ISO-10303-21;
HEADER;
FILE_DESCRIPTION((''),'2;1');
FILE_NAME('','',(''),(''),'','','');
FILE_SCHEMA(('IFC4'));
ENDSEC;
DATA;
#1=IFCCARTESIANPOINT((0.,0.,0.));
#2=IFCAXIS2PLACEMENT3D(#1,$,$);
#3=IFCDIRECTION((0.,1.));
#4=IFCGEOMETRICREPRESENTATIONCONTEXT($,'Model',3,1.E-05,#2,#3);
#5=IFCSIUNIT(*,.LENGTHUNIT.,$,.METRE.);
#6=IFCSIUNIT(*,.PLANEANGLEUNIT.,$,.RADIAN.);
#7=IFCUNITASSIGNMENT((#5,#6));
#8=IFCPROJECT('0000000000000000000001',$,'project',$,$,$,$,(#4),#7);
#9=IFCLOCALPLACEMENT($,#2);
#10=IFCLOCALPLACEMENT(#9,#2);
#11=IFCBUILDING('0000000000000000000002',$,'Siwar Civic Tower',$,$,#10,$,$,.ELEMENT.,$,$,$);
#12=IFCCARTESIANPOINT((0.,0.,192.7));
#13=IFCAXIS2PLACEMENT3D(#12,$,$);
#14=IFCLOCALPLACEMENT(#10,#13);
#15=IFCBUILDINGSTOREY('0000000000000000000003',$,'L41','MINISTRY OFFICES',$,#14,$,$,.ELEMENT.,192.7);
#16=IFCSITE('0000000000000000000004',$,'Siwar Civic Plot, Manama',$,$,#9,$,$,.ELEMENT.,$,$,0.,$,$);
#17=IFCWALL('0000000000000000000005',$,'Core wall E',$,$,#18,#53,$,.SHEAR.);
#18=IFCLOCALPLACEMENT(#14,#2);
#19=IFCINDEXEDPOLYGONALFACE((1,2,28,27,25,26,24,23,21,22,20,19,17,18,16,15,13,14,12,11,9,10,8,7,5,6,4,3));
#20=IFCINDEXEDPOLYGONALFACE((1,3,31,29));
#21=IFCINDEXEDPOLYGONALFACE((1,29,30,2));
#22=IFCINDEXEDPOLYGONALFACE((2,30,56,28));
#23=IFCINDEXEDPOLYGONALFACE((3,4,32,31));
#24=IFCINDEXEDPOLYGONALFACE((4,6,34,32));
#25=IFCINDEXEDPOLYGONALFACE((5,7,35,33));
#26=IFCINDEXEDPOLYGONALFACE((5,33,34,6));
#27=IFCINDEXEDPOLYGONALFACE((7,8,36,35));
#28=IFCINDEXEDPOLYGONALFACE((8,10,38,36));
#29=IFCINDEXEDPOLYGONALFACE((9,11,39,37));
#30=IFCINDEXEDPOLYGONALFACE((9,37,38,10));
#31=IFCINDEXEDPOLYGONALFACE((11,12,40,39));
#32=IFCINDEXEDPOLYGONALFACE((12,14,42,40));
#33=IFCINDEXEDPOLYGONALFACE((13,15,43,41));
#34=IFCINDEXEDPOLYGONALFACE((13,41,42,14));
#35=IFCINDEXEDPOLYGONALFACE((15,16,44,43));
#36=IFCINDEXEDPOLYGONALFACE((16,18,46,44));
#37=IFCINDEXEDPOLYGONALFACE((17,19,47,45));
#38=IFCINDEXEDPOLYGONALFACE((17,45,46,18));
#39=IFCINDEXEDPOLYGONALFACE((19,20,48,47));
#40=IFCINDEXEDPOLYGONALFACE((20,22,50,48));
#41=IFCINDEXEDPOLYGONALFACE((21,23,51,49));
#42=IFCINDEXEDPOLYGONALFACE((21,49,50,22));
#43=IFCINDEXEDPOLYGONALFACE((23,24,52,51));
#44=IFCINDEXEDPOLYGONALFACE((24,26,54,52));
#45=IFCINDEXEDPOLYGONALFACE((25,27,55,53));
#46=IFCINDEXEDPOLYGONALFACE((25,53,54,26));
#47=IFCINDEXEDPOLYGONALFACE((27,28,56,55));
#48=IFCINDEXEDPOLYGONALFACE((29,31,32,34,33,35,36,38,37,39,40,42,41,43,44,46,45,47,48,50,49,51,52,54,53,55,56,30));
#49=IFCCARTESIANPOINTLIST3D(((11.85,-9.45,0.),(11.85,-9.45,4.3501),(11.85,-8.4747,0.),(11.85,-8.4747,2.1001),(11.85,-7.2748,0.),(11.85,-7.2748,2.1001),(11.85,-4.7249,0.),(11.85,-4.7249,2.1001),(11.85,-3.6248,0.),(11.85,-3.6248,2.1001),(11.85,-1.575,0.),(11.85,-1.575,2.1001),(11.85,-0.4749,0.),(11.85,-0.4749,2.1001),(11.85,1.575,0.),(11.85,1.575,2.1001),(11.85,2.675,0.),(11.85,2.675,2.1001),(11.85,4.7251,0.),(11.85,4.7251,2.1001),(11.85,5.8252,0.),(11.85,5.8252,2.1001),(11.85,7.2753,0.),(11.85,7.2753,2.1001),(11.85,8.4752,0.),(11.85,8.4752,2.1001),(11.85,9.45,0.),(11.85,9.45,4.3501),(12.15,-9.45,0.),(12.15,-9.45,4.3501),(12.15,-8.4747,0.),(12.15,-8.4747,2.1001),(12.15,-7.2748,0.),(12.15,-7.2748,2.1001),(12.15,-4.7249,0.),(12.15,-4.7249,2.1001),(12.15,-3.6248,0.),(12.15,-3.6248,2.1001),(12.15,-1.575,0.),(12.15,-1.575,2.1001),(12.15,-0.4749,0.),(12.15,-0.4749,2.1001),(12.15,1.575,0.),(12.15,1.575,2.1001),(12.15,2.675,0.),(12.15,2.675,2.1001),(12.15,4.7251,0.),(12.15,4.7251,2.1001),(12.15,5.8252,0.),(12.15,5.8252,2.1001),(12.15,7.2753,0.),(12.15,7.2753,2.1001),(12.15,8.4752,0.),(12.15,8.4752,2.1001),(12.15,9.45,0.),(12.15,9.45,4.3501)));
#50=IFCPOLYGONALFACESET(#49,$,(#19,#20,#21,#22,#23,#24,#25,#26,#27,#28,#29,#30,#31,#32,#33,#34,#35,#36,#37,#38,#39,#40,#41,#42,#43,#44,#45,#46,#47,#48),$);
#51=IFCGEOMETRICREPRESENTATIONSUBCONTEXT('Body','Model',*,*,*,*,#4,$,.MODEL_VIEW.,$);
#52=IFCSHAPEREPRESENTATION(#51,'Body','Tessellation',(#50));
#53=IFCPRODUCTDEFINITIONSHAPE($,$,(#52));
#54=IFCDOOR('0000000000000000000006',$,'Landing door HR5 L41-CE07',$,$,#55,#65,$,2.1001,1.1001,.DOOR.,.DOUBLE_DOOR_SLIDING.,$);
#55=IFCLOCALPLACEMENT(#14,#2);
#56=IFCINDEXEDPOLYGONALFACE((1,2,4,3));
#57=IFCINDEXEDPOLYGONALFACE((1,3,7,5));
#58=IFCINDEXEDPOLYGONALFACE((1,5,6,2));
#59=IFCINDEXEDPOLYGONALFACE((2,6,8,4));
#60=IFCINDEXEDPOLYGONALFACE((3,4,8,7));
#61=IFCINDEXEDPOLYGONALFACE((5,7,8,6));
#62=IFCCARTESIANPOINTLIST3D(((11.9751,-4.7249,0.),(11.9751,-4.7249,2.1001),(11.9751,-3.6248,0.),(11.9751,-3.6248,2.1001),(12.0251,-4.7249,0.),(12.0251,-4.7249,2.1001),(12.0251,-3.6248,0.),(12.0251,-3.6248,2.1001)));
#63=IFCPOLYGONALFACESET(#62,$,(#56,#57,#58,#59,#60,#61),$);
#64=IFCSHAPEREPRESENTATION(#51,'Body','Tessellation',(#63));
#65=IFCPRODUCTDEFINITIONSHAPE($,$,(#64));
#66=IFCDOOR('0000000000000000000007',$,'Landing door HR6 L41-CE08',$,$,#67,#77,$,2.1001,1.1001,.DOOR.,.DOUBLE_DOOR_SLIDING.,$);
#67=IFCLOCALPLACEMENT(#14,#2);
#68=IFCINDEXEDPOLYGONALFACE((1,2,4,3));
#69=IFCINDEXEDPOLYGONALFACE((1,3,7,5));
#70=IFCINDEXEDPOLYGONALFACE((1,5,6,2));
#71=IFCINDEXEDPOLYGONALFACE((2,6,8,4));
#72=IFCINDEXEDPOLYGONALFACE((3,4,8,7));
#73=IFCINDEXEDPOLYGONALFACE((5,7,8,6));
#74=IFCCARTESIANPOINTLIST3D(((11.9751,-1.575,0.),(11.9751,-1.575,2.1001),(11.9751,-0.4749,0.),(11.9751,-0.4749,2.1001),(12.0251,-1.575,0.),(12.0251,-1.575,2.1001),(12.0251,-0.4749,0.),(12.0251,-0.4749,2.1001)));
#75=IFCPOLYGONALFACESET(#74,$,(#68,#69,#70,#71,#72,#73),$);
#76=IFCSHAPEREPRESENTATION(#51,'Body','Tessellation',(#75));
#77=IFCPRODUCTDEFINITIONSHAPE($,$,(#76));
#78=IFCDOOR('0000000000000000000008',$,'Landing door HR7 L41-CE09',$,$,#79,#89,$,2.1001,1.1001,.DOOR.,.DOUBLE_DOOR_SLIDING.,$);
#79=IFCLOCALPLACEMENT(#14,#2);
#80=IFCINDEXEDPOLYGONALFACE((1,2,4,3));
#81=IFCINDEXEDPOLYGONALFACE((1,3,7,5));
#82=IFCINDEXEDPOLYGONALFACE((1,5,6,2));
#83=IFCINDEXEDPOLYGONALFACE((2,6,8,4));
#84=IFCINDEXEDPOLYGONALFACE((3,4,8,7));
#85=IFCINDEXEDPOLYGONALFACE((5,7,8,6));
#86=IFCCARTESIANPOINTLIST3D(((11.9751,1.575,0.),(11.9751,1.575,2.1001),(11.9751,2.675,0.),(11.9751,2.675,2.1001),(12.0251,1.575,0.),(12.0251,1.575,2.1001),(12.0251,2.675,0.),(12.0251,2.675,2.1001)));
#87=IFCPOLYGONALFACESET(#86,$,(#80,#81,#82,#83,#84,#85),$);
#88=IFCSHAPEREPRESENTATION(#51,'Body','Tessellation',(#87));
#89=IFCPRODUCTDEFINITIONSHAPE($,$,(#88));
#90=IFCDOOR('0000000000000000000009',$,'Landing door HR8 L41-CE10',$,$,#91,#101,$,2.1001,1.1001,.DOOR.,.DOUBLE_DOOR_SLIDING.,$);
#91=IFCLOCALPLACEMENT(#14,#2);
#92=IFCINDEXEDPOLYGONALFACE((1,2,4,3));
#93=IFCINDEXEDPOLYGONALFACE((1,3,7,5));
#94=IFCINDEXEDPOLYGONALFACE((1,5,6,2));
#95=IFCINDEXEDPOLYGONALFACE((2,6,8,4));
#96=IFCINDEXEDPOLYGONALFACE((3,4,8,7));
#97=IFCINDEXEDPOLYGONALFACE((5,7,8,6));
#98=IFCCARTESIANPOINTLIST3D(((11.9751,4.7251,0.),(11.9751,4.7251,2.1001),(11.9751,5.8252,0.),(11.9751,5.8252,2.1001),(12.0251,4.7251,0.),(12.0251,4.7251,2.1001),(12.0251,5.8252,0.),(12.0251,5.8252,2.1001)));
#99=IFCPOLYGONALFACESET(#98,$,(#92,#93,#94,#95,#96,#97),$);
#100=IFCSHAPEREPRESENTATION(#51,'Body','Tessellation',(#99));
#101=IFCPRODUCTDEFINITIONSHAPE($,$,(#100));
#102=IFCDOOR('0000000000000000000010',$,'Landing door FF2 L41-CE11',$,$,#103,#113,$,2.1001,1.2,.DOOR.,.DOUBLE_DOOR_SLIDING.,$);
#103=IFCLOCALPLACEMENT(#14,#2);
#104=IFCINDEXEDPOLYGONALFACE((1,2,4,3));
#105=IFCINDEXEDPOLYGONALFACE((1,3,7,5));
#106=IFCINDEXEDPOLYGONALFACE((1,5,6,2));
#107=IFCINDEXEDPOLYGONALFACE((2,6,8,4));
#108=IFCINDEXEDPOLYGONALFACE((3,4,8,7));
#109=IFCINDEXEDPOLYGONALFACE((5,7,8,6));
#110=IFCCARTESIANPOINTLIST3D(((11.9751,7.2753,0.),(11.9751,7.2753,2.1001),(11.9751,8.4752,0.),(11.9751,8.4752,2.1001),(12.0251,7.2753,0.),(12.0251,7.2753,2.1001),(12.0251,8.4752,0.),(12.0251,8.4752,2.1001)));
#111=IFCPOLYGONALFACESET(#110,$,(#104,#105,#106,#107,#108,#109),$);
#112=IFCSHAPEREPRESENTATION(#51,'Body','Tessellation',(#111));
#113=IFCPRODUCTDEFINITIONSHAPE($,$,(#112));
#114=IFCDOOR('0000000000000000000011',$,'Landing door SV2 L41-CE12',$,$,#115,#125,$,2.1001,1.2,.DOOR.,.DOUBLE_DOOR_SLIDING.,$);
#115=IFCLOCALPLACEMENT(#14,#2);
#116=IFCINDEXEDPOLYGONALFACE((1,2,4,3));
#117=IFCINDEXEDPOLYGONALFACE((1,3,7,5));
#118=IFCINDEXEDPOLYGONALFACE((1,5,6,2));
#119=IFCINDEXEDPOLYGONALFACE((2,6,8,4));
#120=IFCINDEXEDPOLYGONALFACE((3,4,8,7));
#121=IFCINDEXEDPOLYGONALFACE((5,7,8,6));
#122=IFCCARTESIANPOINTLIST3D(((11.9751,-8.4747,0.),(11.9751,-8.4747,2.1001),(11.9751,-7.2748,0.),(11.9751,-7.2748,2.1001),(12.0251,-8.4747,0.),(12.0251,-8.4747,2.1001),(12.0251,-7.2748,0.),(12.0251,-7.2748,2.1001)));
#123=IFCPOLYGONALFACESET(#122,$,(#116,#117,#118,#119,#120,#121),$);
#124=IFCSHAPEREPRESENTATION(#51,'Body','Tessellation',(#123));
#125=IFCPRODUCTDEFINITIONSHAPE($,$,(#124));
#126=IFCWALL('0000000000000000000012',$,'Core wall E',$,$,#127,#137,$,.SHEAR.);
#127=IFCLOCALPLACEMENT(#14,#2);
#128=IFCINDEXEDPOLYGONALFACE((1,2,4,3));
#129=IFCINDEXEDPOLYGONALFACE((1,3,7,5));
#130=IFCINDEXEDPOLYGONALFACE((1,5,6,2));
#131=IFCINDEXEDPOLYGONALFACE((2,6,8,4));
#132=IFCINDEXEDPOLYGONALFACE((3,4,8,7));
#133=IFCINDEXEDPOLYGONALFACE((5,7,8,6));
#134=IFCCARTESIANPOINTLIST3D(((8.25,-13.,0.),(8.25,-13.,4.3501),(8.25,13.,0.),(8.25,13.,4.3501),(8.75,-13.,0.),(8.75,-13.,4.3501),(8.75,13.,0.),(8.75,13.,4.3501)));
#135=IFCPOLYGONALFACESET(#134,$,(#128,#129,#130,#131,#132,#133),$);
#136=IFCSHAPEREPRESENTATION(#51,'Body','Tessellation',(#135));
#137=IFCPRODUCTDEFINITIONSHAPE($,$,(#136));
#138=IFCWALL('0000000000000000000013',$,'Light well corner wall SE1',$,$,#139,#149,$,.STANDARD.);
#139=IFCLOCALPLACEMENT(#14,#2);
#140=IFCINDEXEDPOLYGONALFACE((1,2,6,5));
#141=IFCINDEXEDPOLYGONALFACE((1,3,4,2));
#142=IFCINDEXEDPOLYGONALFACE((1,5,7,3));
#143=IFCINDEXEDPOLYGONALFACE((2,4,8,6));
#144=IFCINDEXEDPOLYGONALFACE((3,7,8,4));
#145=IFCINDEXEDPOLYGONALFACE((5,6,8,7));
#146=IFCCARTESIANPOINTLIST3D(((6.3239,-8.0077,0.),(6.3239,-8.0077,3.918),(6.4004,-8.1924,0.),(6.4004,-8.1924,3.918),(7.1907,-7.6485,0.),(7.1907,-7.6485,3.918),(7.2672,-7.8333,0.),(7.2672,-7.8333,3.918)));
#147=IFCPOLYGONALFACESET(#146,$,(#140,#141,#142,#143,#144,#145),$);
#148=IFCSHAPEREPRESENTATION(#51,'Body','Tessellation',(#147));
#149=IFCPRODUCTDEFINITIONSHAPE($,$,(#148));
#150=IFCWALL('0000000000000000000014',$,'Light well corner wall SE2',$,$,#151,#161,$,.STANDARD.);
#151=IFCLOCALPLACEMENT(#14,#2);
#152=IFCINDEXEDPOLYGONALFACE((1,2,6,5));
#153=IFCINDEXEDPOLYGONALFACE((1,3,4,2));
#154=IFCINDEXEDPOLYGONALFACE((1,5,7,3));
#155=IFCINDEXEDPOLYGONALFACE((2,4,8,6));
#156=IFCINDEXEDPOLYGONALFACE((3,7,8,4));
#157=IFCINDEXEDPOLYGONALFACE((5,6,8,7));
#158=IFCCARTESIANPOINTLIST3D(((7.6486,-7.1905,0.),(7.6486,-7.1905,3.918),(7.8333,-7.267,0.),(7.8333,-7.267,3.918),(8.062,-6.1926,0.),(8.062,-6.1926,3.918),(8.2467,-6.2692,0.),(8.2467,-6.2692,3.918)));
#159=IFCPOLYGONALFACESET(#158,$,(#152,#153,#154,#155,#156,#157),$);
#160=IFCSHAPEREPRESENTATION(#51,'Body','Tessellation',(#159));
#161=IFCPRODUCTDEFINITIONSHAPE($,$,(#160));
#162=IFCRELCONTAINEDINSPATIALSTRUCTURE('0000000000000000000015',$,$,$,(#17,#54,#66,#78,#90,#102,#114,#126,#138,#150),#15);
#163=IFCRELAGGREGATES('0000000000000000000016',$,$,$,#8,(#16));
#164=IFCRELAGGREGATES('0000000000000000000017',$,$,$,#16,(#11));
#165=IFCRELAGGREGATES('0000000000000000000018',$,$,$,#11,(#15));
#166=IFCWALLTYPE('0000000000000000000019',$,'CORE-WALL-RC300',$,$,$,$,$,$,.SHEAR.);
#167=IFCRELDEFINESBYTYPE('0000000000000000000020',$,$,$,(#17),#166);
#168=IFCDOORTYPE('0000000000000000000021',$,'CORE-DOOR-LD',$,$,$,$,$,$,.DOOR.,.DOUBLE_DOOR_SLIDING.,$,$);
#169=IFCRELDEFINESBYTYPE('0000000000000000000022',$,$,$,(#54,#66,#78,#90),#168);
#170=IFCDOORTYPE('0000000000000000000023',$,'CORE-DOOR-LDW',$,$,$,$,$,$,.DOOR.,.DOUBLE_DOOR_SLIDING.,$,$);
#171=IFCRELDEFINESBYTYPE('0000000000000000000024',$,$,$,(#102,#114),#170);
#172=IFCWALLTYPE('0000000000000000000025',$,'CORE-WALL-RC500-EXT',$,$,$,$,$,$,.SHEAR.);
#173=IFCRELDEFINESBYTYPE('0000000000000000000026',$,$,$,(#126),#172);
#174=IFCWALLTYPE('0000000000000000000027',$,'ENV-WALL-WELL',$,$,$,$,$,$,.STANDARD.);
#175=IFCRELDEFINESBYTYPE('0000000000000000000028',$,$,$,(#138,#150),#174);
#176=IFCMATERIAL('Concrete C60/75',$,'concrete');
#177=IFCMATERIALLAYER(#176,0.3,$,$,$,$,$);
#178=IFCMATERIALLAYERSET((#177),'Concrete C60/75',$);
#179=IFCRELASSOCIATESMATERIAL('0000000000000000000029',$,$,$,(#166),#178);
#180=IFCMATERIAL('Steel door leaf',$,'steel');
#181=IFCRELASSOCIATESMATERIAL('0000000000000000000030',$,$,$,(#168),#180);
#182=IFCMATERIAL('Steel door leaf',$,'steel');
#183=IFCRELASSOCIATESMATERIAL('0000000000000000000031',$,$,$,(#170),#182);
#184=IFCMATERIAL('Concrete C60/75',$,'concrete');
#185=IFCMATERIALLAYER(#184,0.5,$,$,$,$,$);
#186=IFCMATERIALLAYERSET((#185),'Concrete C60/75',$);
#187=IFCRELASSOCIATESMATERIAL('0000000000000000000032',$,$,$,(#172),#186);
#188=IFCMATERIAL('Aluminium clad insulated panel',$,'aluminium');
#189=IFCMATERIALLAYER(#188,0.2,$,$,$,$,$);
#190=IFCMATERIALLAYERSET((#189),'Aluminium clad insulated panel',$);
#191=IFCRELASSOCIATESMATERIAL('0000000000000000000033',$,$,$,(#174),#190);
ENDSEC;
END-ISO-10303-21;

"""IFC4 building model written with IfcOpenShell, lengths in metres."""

from ifc_helpers import new_model, si_unit, direction, frame, frame_2d, origin, place, context, subcontext, project, spatial, rectangle, extrude, material, layer, layer_set, type_object, element, fill, save


model = new_model("IFC4")

# Units and contexts
model_context = context("Model", 3, precision=1e-05, world=origin(), true_north=direction((0.0, 1.0)))
body_context = subcontext(model_context, "Body", "Model", "MODEL_VIEW")
ifc_project = project(units=[si_unit("LENGTHUNIT", "METRE"), si_unit("PLANEANGLEUNIT", "RADIAN")], contexts=[model_context])

# Site, building, storey
site_placement = place(None, origin())
site = spatial("IfcSite", under=ifc_project, at=site_placement, Name="Siwar Civic Plot, Manama", CompositionType="ELEMENT", RefElevation=0.0)
building_placement = place(site_placement, origin())
building = spatial("IfcBuilding", under=site, at=building_placement, Name="Siwar Civic Tower", CompositionType="ELEMENT")
storey_placement = place(building_placement, frame((0.0, 0.0, 192.7)))
storey = spatial("IfcBuildingStorey", under=building, at=storey_placement, Name="L41", Description="MINISTRY OFFICES", CompositionType="ELEMENT", Elevation=192.7)

# Wall, openings, doors
ifc_material_1 = material(Name="Concrete C60/75", Category="concrete")
ifc_layer_1 = layer(ifc_material_1, 0.3)
ifc_layer_set_1 = layer_set([ifc_layer_1], Name="Concrete C60/75")
wall_type_1 = type_object("IfcWallType", Name="CORE-WALL-RC300", PredefinedType="SHEAR", material=ifc_layer_set_1)
wall_1_placement = place(storey_placement, frame((12.0, -9.45, 0.0), z_axis=(0.0, 0.0, 1.0), x_axis=(0.0, 1.0, 0.0)))
wall_1 = element("IfcWall", 1, at=wall_1_placement, inside=storey, type_object=wall_type_1, Name="Core wall E", PredefinedType="SHEAR", context=body_context, shape_type="SweptSolid", body=[
    extrude(rectangle(XDim=18.8999, YDim=0.3, at=frame_2d((9.45, 0.0))), origin(), (0.0, 0.0, 1.0), 4.3501),
])
opening_1_placement = place(wall_1_placement, frame((4.7251, 0.0, 0.0)))
opening_1 = element("IfcOpeningElement", 2, at=opening_1_placement, cuts=wall_1, PredefinedType="OPENING", context=body_context, shape_type="SweptSolid", body=[
    extrude(rectangle(XDim=1.1001, YDim=2.1001, at=frame_2d((0.55, 1.05))), frame((0.0, 0.1602, 0.0), z_axis=(0.0, -1.0, 0.0), x_axis=(1.0, 0.0, 0.0)), (0.0, 0.0, 1.0), 0.3201),
])
opening_2_placement = place(wall_1_placement, frame((7.875, 0.0, 0.0)))
opening_2 = element("IfcOpeningElement", 3, at=opening_2_placement, cuts=wall_1, PredefinedType="OPENING", context=body_context, shape_type="SweptSolid", body=[
    extrude(rectangle(XDim=1.1001, YDim=2.1001, at=frame_2d((0.55, 1.05))), frame((0.0, 0.1602, 0.0), z_axis=(0.0, -1.0, 0.0), x_axis=(1.0, 0.0, 0.0)), (0.0, 0.0, 1.0), 0.3201),
])
opening_3_placement = place(wall_1_placement, frame((11.0249, 0.0, 0.0)))
opening_3 = element("IfcOpeningElement", 4, at=opening_3_placement, cuts=wall_1, PredefinedType="OPENING", context=body_context, shape_type="SweptSolid", body=[
    extrude(rectangle(XDim=1.1001, YDim=2.1001, at=frame_2d((0.55, 1.05))), frame((0.0, 0.1602, 0.0), z_axis=(0.0, -1.0, 0.0), x_axis=(1.0, 0.0, 0.0)), (0.0, 0.0, 1.0), 0.3201),
])
opening_4_placement = place(wall_1_placement, frame((14.175, 0.0, 0.0)))
opening_4 = element("IfcOpeningElement", 5, at=opening_4_placement, cuts=wall_1, PredefinedType="OPENING", context=body_context, shape_type="SweptSolid", body=[
    extrude(rectangle(XDim=1.1001, YDim=2.1001, at=frame_2d((0.55, 1.05))), frame((0.0, 0.1602, 0.0), z_axis=(0.0, -1.0, 0.0), x_axis=(1.0, 0.0, 0.0)), (0.0, 0.0, 1.0), 0.3201),
])
opening_5_placement = place(wall_1_placement, frame((16.7251, 0.0, 0.0)))
opening_5 = element("IfcOpeningElement", 6, at=opening_5_placement, cuts=wall_1, PredefinedType="OPENING", context=body_context, shape_type="SweptSolid", body=[
    extrude(rectangle(XDim=1.2, YDim=2.1001, at=frame_2d((0.6001, 1.05))), frame((0.0, 0.1602, 0.0), z_axis=(0.0, -1.0, 0.0), x_axis=(1.0, 0.0, 0.0)), (0.0, 0.0, 1.0), 0.3201),
])
opening_6_placement = place(wall_1_placement, frame((0.9751, 0.0, 0.0)))
opening_6 = element("IfcOpeningElement", 7, at=opening_6_placement, cuts=wall_1, PredefinedType="OPENING", context=body_context, shape_type="SweptSolid", body=[
    extrude(rectangle(XDim=1.2, YDim=2.1001, at=frame_2d((0.6001, 1.05))), frame((0.0, 0.1602, 0.0), z_axis=(0.0, -1.0, 0.0), x_axis=(1.0, 0.0, 0.0)), (0.0, 0.0, 1.0), 0.3201),
])
ifc_material_2 = material(Name="Steel door leaf", Category="steel")
door_type_1 = type_object("IfcDoorType", Name="CORE-DOOR-LD", OperationType="DOUBLE_DOOR_SLIDING", PredefinedType="DOOR", material=ifc_material_2)
door_1_placement = place(opening_1_placement, origin())
door_1 = element("IfcDoor", 8, at=door_1_placement, inside=storey, type_object=door_type_1, Name="Landing door HR5 L41-CE07", OperationType="DOUBLE_DOOR_SLIDING", OverallHeight=2.1001, OverallWidth=1.1001, PredefinedType="DOOR", context=body_context, shape_type="SweptSolid", body=[
    extrude(rectangle(XDim=1.1001, YDim=2.1001, at=frame_2d((0.55, 1.05))), frame((0.0, 0.0249, 0.0), z_axis=(0.0, -1.0, 0.0), x_axis=(1.0, 0.0, 0.0)), (0.0, 0.0, 1.0), 0.05),
])
fill(opening_1, door_1)
door_2_placement = place(opening_2_placement, origin())
door_2 = element("IfcDoor", 9, at=door_2_placement, inside=storey, type_object=door_type_1, Name="Landing door HR6 L41-CE08", OperationType="DOUBLE_DOOR_SLIDING", OverallHeight=2.1001, OverallWidth=1.1001, PredefinedType="DOOR", context=body_context, shape_type="SweptSolid", body=[
    extrude(rectangle(XDim=1.1001, YDim=2.1001, at=frame_2d((0.55, 1.05))), frame((0.0, 0.0249, 0.0), z_axis=(0.0, -1.0, 0.0), x_axis=(1.0, 0.0, 0.0)), (0.0, 0.0, 1.0), 0.05),
])
fill(opening_2, door_2)
door_3_placement = place(opening_3_placement, origin())
door_3 = element("IfcDoor", 10, at=door_3_placement, inside=storey, type_object=door_type_1, Name="Landing door HR7 L41-CE09", OperationType="DOUBLE_DOOR_SLIDING", OverallHeight=2.1001, OverallWidth=1.1001, PredefinedType="DOOR", context=body_context, shape_type="SweptSolid", body=[
    extrude(rectangle(XDim=1.1001, YDim=2.1001, at=frame_2d((0.55, 1.05))), frame((0.0, 0.0249, 0.0), z_axis=(0.0, -1.0, 0.0), x_axis=(1.0, 0.0, 0.0)), (0.0, 0.0, 1.0), 0.05),
])
fill(opening_3, door_3)
door_4_placement = place(opening_4_placement, origin())
door_4 = element("IfcDoor", 11, at=door_4_placement, inside=storey, type_object=door_type_1, Name="Landing door HR8 L41-CE10", OperationType="DOUBLE_DOOR_SLIDING", OverallHeight=2.1001, OverallWidth=1.1001, PredefinedType="DOOR", context=body_context, shape_type="SweptSolid", body=[
    extrude(rectangle(XDim=1.1001, YDim=2.1001, at=frame_2d((0.55, 1.05))), frame((0.0, 0.0249, 0.0), z_axis=(0.0, -1.0, 0.0), x_axis=(1.0, 0.0, 0.0)), (0.0, 0.0, 1.0), 0.05),
])
fill(opening_4, door_4)
ifc_material_3 = material(Name="Steel door leaf", Category="steel")
door_type_2 = type_object("IfcDoorType", Name="CORE-DOOR-LDW", OperationType="DOUBLE_DOOR_SLIDING", PredefinedType="DOOR", material=ifc_material_3)
door_5_placement = place(opening_5_placement, origin())
door_5 = element("IfcDoor", 12, at=door_5_placement, inside=storey, type_object=door_type_2, Name="Landing door FF2 L41-CE11", OperationType="DOUBLE_DOOR_SLIDING", OverallHeight=2.1001, OverallWidth=1.2, PredefinedType="DOOR", context=body_context, shape_type="SweptSolid", body=[
    extrude(rectangle(XDim=1.2, YDim=2.1001, at=frame_2d((0.6001, 1.05))), frame((0.0, 0.0249, 0.0), z_axis=(0.0, -1.0, 0.0), x_axis=(1.0, 0.0, 0.0)), (0.0, 0.0, 1.0), 0.05),
])
fill(opening_5, door_5)
door_6_placement = place(opening_6_placement, origin())
door_6 = element("IfcDoor", 13, at=door_6_placement, inside=storey, type_object=door_type_2, Name="Landing door SV2 L41-CE12", OperationType="DOUBLE_DOOR_SLIDING", OverallHeight=2.1001, OverallWidth=1.2, PredefinedType="DOOR", context=body_context, shape_type="SweptSolid", body=[
    extrude(rectangle(XDim=1.2, YDim=2.1001, at=frame_2d((0.6001, 1.05))), frame((0.0, 0.0249, 0.0), z_axis=(0.0, -1.0, 0.0), x_axis=(1.0, 0.0, 0.0)), (0.0, 0.0, 1.0), 0.05),
])
fill(opening_6, door_6)

# Walls
ifc_material_4 = material(Name="Concrete C60/75", Category="concrete")
ifc_layer_2 = layer(ifc_material_4, 0.5)
ifc_layer_set_2 = layer_set([ifc_layer_2], Name="Concrete C60/75")
wall_type_2 = type_object("IfcWallType", Name="CORE-WALL-RC500-EXT", PredefinedType="SHEAR", material=ifc_layer_set_2)
wall_2_placement = place(storey_placement, frame((8.5, -13.0, 0.0), z_axis=(0.0, 0.0, 1.0), x_axis=(0.0, 1.0, 0.0)))
element("IfcWall", 14, at=wall_2_placement, inside=storey, type_object=wall_type_2, Name="Core wall E", PredefinedType="SHEAR", context=body_context, shape_type="SweptSolid", body=[
    extrude(rectangle(XDim=26.0, YDim=0.5, at=frame_2d((13.0, 0.0))), origin(), (0.0, 0.0, 1.0), 4.3501),
])
ifc_material_5 = material(Name="Aluminium clad insulated panel", Category="aluminium")
ifc_layer_3 = layer(ifc_material_5, 0.2)
ifc_layer_set_3 = layer_set([ifc_layer_3], Name="Aluminium clad insulated panel")
wall_type_3 = type_object("IfcWallType", Name="ENV-WALL-WELL", PredefinedType="STANDARD", material=ifc_layer_set_3)
wall_3_placement = place(storey_placement, frame((6.3621, -8.1001, 0.0), z_axis=(0.0, 0.0, 1.0), x_axis=(0.92383, 0.382804, 0.0)))
element("IfcWall", 15, at=wall_3_placement, inside=storey, type_object=wall_type_3, Name="Light well corner wall SE1", PredefinedType="STANDARD", context=body_context, shape_type="SweptSolid", body=[
    extrude(rectangle(XDim=0.9382, YDim=0.2, at=frame_2d((0.4692, 0.0))), origin(), (0.0, 0.0, 1.0), 3.918),
])
wall_4_placement = place(storey_placement, frame((7.741, -7.2288, 0.0), z_axis=(0.0, 0.0, 1.0), x_axis=(0.382704, 0.923871, 0.0)))
element("IfcWall", 16, at=wall_4_placement, inside=storey, type_object=wall_type_3, Name="Light well corner wall SE2", PredefinedType="STANDARD", context=body_context, shape_type="SweptSolid", body=[
    extrude(rectangle(XDim=1.0801, YDim=0.2, at=frame_2d((0.54, 0.0))), origin(), (0.0, 0.0, 1.0), 3.918),
])

save(model, "model.ifc")
